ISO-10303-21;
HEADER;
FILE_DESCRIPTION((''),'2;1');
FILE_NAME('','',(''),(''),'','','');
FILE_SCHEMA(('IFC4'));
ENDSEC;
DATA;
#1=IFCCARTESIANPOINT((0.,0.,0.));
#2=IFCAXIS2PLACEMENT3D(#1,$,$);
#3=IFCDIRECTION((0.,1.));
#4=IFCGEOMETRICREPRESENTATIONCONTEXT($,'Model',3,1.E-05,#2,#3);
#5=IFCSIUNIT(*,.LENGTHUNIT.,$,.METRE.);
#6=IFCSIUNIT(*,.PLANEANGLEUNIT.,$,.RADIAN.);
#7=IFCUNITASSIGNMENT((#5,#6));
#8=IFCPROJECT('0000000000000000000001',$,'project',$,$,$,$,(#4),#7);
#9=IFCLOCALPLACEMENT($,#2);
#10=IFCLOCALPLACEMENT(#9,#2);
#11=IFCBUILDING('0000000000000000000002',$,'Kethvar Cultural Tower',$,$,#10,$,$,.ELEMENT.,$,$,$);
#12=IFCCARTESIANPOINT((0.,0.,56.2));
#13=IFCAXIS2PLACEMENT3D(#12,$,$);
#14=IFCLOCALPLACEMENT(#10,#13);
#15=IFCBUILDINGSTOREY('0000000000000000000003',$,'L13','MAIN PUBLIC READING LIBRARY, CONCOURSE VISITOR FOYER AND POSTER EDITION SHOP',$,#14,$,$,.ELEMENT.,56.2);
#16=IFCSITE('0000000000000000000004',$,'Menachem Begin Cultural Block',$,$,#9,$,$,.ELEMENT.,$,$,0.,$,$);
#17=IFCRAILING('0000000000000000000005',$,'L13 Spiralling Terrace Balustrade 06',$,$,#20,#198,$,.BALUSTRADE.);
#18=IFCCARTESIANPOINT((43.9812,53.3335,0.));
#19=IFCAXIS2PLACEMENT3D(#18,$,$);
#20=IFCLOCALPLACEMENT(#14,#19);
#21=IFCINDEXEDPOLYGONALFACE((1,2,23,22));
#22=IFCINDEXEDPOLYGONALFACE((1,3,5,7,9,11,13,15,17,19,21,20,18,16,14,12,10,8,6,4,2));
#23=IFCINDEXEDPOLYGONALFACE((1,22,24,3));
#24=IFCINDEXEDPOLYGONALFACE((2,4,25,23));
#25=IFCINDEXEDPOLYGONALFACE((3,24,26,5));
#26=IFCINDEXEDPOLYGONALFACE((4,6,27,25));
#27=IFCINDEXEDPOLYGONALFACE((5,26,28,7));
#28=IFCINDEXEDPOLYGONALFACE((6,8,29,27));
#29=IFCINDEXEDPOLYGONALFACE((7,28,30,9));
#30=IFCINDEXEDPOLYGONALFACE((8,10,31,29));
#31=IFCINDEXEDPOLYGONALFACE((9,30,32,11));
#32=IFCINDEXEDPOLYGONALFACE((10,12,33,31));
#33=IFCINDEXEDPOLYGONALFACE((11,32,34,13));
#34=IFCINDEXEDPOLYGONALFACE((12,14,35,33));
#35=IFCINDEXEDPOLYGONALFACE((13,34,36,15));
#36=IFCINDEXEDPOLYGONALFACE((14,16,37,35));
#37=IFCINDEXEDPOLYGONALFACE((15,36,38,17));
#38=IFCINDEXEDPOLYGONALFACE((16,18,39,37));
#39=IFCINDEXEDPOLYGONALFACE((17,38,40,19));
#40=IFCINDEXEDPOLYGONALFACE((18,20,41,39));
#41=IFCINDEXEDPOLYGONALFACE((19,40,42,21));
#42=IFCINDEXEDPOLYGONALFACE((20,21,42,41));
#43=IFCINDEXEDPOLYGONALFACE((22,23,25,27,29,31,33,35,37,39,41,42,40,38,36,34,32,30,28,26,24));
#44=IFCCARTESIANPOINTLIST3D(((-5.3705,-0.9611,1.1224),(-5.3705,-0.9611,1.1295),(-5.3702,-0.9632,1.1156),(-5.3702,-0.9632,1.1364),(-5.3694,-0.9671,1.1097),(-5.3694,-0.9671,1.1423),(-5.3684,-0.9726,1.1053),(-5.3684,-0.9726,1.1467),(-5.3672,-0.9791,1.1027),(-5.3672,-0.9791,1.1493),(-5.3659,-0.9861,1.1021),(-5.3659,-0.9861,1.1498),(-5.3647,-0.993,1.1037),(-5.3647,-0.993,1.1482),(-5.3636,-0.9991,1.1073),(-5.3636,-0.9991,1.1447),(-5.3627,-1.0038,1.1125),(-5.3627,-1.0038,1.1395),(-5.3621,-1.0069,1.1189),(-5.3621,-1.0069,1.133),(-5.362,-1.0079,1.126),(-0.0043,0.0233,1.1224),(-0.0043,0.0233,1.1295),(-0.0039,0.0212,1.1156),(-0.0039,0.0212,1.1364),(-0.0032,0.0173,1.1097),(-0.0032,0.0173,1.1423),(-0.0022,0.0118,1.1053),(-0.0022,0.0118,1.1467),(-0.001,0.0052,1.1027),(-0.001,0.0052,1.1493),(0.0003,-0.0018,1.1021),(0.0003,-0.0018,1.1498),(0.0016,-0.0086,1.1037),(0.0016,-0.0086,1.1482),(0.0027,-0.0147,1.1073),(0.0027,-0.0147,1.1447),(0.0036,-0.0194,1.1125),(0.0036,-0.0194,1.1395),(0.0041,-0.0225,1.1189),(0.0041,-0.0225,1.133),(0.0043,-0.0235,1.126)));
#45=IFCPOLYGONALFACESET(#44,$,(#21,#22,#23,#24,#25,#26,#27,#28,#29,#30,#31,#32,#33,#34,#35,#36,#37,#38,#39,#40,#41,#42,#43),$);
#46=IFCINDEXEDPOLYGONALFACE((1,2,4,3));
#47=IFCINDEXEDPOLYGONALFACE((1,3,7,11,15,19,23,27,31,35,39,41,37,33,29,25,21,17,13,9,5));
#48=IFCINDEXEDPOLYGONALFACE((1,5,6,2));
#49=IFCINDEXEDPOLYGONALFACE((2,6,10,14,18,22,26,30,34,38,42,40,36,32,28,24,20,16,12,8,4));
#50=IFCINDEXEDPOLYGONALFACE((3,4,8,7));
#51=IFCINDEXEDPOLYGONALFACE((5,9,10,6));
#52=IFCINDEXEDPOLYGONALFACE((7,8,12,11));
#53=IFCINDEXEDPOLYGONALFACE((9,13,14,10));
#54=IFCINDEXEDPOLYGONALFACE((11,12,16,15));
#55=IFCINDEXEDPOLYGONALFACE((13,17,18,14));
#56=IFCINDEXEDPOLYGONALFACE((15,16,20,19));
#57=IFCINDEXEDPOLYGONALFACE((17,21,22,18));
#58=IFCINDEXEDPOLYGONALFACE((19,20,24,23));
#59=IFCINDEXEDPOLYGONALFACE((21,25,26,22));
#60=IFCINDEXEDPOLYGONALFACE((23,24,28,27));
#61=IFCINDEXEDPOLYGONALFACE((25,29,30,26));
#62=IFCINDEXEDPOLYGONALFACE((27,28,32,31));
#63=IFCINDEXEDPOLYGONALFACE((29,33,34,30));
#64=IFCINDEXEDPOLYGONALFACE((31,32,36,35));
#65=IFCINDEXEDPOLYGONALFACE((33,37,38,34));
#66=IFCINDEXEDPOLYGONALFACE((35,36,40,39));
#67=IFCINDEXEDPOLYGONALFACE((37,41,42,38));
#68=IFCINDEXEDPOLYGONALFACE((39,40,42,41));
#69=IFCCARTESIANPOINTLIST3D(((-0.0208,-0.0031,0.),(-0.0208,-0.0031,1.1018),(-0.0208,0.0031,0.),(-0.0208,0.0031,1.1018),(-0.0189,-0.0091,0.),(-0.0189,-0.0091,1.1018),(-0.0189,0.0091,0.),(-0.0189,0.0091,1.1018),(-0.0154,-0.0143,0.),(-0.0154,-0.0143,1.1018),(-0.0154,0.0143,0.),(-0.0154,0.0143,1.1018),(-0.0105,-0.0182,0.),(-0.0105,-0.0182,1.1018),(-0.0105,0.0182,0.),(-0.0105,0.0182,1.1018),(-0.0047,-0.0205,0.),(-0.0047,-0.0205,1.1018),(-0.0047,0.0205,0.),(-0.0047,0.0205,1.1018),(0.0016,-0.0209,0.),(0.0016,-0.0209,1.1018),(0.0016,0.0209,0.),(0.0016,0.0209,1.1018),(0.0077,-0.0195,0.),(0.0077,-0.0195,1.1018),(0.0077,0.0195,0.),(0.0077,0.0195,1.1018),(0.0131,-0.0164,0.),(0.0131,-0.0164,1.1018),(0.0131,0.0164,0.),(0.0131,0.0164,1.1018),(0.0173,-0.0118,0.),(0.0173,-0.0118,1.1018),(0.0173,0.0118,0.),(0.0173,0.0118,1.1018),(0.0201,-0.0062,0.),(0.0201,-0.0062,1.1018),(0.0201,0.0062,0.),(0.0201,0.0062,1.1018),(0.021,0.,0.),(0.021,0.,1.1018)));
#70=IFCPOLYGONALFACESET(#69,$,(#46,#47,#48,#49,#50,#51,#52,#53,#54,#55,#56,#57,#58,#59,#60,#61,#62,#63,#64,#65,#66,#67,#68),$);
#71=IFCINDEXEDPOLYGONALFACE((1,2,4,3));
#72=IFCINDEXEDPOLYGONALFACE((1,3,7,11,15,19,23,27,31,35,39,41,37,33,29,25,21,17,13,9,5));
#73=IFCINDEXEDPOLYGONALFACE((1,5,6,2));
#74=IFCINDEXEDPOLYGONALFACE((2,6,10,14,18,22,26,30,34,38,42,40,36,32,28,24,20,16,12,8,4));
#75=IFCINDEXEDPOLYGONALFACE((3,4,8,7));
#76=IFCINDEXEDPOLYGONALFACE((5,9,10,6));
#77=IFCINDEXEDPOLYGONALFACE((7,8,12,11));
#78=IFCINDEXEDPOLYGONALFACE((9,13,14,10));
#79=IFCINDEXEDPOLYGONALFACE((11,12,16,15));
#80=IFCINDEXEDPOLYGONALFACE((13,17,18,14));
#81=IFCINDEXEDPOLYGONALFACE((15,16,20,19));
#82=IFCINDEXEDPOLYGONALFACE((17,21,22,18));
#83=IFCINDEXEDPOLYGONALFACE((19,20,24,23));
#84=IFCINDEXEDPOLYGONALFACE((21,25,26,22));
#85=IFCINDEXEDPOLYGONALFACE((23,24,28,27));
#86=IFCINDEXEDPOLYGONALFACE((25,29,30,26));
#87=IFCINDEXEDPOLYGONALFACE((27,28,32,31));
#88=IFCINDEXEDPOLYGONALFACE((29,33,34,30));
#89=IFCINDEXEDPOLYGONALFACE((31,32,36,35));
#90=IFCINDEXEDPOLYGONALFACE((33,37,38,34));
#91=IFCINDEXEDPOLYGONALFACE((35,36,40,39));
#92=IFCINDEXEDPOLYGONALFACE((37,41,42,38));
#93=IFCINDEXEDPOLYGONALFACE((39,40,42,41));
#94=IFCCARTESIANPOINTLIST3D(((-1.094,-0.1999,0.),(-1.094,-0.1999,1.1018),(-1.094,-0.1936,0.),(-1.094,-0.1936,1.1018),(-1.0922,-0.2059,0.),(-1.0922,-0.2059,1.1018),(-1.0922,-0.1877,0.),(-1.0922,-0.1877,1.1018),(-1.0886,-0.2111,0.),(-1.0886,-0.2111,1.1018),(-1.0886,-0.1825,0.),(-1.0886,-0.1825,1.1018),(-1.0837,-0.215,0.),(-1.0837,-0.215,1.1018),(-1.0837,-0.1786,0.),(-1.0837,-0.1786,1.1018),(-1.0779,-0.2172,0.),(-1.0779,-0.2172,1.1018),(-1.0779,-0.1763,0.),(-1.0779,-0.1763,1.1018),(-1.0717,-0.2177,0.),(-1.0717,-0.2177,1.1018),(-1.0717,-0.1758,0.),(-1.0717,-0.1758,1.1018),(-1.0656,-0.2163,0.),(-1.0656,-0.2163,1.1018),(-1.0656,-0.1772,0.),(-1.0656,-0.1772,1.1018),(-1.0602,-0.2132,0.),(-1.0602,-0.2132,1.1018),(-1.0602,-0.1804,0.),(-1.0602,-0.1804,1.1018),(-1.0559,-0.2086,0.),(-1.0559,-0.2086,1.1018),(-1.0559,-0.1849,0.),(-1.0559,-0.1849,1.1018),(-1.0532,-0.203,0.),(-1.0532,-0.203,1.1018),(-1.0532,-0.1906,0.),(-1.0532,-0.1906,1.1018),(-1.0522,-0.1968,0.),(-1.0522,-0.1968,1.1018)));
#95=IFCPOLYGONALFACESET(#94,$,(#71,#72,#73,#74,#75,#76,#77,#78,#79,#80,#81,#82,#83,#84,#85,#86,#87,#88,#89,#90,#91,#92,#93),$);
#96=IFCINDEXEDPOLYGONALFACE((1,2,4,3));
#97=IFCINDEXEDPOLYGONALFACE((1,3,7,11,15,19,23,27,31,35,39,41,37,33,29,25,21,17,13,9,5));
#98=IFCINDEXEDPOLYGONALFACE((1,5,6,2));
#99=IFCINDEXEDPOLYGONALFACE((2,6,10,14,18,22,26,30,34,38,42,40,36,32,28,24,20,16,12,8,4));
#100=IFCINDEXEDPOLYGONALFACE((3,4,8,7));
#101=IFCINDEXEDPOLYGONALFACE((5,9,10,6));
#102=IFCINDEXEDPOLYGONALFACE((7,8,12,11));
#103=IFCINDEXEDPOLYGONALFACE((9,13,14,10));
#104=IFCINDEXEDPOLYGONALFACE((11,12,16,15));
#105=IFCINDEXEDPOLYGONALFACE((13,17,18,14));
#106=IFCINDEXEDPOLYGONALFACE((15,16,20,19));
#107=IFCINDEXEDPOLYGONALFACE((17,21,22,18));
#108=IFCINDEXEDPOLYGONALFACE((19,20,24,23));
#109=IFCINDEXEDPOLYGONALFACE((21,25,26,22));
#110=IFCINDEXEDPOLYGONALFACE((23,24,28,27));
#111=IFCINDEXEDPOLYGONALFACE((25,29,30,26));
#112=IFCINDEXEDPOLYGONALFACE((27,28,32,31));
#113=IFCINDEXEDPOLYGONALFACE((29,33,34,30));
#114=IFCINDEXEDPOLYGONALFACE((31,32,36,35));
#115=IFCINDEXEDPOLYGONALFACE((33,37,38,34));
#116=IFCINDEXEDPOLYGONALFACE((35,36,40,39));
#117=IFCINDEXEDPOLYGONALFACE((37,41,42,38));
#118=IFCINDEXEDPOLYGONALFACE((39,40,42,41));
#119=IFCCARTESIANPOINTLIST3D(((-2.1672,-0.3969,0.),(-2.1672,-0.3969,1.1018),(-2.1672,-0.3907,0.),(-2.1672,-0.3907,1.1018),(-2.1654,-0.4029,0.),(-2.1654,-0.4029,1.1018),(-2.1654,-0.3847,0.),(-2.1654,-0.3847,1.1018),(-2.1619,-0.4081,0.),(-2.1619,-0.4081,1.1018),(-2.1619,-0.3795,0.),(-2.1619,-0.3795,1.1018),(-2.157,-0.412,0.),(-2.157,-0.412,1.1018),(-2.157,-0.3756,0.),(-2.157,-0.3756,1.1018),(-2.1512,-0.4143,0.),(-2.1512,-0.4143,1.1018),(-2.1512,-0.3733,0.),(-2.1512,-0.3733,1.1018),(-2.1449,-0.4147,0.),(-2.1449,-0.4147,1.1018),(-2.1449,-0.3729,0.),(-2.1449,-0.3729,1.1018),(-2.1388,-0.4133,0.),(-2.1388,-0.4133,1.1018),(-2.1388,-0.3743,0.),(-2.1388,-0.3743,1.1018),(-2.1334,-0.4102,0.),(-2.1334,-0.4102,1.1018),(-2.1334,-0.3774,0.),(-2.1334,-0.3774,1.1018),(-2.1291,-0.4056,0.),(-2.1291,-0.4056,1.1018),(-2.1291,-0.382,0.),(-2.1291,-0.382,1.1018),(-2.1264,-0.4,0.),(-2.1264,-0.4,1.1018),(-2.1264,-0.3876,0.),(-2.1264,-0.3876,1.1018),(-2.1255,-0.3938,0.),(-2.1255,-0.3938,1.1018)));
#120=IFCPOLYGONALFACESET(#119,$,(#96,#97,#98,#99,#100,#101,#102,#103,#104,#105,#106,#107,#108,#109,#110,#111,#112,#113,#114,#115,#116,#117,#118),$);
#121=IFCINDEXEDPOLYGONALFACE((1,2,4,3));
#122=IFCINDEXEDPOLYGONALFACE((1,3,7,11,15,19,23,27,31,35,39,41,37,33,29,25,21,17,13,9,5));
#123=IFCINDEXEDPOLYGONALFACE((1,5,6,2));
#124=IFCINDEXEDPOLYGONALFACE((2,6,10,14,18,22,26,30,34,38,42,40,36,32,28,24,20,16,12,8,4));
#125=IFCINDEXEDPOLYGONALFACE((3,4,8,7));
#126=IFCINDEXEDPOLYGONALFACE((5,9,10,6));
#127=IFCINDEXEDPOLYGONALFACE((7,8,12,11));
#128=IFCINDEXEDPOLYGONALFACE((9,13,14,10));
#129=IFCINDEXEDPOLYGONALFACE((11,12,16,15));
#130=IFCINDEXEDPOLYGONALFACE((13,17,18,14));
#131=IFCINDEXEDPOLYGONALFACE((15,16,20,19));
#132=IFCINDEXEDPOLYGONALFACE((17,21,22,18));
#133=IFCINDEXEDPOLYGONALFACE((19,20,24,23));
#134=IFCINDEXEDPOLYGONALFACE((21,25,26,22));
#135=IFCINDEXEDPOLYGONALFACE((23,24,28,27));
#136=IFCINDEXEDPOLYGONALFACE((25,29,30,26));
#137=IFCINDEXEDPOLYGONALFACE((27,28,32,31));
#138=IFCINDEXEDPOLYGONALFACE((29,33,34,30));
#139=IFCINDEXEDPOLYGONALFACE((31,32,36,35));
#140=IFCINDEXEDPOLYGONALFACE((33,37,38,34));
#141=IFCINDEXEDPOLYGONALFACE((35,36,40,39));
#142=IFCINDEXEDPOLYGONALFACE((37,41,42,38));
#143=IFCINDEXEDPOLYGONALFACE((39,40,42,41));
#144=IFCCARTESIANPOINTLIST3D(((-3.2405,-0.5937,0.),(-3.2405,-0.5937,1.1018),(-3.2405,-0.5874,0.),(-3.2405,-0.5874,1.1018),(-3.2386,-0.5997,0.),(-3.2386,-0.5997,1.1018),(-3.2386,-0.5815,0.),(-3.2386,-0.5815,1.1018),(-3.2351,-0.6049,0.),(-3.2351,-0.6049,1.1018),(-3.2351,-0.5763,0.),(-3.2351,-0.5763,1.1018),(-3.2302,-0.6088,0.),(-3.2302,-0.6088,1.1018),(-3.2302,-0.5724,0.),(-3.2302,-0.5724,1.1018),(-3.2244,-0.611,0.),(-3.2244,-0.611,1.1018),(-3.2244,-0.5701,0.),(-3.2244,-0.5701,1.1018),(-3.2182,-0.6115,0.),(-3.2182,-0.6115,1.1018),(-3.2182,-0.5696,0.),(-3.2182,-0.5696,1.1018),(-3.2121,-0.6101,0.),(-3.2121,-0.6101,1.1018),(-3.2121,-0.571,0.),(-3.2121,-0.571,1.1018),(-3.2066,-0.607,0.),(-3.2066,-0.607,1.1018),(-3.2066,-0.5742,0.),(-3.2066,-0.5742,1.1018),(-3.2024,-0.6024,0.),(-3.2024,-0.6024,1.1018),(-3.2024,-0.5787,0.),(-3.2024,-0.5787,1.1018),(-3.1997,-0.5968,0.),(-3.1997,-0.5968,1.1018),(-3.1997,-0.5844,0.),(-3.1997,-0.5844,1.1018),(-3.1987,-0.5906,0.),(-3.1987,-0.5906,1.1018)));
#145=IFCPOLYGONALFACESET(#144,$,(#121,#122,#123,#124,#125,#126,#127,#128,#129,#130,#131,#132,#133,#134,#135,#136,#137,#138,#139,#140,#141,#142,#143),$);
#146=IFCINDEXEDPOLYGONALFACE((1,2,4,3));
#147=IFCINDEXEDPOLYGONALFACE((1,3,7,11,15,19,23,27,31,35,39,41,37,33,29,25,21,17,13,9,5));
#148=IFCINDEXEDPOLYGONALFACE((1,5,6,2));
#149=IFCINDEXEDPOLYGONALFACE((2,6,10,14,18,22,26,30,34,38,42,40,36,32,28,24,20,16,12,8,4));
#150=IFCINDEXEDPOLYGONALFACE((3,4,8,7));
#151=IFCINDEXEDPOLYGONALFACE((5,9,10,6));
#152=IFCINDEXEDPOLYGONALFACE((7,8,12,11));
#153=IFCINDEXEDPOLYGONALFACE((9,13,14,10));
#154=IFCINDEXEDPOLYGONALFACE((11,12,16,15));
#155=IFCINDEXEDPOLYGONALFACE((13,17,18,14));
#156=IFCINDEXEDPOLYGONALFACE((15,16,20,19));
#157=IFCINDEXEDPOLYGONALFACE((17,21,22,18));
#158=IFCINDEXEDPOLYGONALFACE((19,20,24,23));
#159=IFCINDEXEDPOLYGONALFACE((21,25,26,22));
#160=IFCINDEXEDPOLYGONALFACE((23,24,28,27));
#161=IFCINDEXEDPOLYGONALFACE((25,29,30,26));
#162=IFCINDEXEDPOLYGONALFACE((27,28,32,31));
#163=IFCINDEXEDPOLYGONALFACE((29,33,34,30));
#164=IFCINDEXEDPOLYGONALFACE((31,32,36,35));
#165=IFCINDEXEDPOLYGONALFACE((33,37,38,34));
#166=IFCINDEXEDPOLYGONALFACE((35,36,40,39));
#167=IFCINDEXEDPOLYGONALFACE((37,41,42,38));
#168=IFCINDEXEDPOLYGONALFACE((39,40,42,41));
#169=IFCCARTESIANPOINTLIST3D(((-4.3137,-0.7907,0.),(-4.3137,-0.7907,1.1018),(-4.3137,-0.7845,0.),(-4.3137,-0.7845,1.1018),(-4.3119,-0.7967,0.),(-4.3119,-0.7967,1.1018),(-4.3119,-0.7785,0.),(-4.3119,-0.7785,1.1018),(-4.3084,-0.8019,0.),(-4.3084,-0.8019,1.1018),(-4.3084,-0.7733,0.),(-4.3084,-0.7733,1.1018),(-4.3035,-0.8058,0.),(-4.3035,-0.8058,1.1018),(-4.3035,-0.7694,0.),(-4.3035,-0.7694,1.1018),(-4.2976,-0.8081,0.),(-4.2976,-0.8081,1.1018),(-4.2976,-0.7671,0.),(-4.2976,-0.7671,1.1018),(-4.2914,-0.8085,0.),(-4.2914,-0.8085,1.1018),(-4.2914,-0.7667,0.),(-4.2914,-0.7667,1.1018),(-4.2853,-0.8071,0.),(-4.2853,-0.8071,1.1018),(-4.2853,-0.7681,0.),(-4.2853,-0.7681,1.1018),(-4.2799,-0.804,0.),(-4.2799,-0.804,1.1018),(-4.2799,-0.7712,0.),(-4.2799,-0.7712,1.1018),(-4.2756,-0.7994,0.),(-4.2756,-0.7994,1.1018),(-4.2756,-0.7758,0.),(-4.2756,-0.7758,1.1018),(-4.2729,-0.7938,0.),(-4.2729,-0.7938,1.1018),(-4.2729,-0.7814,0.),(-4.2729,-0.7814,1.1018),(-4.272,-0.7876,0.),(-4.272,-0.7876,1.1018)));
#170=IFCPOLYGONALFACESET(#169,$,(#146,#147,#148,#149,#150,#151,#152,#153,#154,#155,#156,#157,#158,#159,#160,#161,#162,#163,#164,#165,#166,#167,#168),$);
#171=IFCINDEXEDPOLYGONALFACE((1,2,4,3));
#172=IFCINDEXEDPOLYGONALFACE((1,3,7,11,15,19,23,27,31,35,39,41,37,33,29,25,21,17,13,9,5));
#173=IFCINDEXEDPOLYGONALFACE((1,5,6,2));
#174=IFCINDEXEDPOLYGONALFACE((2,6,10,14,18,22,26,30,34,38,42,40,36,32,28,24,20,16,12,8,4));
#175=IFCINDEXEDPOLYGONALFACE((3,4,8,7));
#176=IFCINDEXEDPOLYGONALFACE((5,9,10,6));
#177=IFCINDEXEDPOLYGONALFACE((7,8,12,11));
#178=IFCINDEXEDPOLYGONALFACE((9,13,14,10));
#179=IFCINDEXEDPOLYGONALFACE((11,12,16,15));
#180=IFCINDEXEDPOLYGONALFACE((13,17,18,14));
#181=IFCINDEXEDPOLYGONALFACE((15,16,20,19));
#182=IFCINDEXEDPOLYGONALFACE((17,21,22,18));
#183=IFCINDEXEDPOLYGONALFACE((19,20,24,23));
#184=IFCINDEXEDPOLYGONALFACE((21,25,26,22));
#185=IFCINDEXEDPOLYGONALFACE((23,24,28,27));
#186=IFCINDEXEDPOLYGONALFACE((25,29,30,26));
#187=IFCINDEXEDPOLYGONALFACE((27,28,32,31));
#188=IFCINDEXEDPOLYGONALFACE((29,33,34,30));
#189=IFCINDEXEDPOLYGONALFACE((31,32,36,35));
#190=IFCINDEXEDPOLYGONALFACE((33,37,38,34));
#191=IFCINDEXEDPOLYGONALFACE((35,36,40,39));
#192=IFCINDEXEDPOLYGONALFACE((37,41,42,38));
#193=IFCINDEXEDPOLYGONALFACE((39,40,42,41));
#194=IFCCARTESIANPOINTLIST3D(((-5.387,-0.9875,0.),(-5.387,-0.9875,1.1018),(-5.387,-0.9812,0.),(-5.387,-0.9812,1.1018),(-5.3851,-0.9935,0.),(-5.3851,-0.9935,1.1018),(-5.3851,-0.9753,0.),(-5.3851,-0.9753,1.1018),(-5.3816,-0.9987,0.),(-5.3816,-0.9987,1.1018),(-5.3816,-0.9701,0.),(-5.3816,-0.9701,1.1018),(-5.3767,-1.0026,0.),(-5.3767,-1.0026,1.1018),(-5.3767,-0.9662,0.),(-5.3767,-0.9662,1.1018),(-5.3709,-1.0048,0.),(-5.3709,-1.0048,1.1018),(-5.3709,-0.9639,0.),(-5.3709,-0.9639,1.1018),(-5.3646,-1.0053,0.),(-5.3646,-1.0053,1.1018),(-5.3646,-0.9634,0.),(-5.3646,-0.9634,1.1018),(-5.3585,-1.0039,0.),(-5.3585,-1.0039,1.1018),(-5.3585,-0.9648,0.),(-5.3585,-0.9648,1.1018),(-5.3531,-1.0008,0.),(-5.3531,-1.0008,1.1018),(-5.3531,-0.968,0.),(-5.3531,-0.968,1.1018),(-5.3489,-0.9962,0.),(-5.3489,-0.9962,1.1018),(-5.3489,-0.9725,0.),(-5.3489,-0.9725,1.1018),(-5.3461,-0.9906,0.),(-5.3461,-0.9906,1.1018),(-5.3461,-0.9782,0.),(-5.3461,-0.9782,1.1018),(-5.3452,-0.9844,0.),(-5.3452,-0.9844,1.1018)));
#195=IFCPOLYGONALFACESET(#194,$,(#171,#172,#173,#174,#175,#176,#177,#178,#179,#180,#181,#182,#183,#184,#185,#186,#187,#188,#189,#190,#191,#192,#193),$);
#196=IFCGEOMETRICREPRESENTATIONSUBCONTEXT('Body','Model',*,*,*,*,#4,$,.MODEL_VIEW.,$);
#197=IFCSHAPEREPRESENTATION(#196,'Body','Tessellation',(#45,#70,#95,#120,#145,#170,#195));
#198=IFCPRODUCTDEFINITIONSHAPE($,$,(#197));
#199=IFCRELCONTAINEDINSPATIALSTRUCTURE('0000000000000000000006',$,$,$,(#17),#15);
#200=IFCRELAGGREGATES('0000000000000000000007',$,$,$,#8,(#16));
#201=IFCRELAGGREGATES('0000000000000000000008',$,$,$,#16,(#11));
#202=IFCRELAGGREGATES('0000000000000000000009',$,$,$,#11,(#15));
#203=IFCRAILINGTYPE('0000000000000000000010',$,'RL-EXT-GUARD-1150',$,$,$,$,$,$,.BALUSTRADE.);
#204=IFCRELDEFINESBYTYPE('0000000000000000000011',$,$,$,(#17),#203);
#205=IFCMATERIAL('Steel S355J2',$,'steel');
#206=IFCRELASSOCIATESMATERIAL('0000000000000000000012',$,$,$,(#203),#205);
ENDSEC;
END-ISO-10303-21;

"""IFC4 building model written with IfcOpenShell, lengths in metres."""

from ifc_helpers import new_model, si_unit, direction, frame, origin, origin_2d, place, context, subcontext, project, spatial, circle, extrude, material, type_object, element, save


model = new_model("IFC4")

# Units and contexts
model_context = context("Model", 3, precision=1e-05, world=origin(), true_north=direction((0.0, 1.0)))
body_context = subcontext(model_context, "Body", "Model", "MODEL_VIEW")
ifc_project = project(units=[si_unit("LENGTHUNIT", "METRE"), si_unit("PLANEANGLEUNIT", "RADIAN")], contexts=[model_context])

# Site, building, storey
site_placement = place(None, origin())
site = spatial("IfcSite", under=ifc_project, at=site_placement, Name="Menachem Begin Cultural Block", CompositionType="ELEMENT", RefElevation=0.0)
building_placement = place(site_placement, origin())
building = spatial("IfcBuilding", under=site, at=building_placement, Name="Kethvar Cultural Tower", CompositionType="ELEMENT")
storey_placement = place(building_placement, frame((0.0, 0.0, 56.2)))
storey = spatial("IfcBuildingStorey", under=building, at=storey_placement, Name="L13", Description="MAIN PUBLIC READING LIBRARY, CONCOURSE VISITOR FOYER AND POSTER EDITION SHOP", CompositionType="ELEMENT", Elevation=56.2)

# Shared definitions
ifc_material_1 = material(Name="Steel S355J2", Category="steel")

# Railing
railing_type = type_object("IfcRailingType", Name="RL-EXT-GUARD-1150", PredefinedType="BALUSTRADE", material=ifc_material_1)
railing_1_placement = place(storey_placement, frame((43.9812, 53.3335, 0.0)))
element("IfcRailing", 1, at=railing_1_placement, inside=storey, type_object=railing_type, Name="L13 Spiralling Terrace Balustrade 06", PredefinedType="BALUSTRADE", context=body_context, shape_type="SweptSolid", body=[
    extrude(circle(Radius=0.0239, at=origin_2d()), frame((0.0, 0.0, 1.126), z_axis=(-0.983588, -0.180429, 0.0), x_axis=(0.180429, -0.983588, 0.0)), (0.0, 0.0, 1.0), 5.4558),
    extrude(circle(Radius=0.021, at=origin_2d()), origin(), (0.0, 0.0, 1.0), 1.1018),
    extrude(circle(Radius=0.021, at=origin_2d()), frame((-1.0732, -0.1968, 0.0)), (0.0, 0.0, 1.0), 1.1018),
    extrude(circle(Radius=0.021, at=origin_2d()), frame((-2.1465, -0.3938, 0.0)), (0.0, 0.0, 1.0), 1.1018),
    extrude(circle(Radius=0.021, at=origin_2d()), frame((-3.2197, -0.5906, 0.0)), (0.0, 0.0, 1.0), 1.1018),
    extrude(circle(Radius=0.021, at=origin_2d()), frame((-4.293, -0.7876, 0.0)), (0.0, 0.0, 1.0), 1.1018),
    extrude(circle(Radius=0.021, at=origin_2d()), frame((-5.3662, -0.9844, 0.0)), (0.0, 0.0, 1.0), 1.1018),
])

save(model, "model.ifc")
